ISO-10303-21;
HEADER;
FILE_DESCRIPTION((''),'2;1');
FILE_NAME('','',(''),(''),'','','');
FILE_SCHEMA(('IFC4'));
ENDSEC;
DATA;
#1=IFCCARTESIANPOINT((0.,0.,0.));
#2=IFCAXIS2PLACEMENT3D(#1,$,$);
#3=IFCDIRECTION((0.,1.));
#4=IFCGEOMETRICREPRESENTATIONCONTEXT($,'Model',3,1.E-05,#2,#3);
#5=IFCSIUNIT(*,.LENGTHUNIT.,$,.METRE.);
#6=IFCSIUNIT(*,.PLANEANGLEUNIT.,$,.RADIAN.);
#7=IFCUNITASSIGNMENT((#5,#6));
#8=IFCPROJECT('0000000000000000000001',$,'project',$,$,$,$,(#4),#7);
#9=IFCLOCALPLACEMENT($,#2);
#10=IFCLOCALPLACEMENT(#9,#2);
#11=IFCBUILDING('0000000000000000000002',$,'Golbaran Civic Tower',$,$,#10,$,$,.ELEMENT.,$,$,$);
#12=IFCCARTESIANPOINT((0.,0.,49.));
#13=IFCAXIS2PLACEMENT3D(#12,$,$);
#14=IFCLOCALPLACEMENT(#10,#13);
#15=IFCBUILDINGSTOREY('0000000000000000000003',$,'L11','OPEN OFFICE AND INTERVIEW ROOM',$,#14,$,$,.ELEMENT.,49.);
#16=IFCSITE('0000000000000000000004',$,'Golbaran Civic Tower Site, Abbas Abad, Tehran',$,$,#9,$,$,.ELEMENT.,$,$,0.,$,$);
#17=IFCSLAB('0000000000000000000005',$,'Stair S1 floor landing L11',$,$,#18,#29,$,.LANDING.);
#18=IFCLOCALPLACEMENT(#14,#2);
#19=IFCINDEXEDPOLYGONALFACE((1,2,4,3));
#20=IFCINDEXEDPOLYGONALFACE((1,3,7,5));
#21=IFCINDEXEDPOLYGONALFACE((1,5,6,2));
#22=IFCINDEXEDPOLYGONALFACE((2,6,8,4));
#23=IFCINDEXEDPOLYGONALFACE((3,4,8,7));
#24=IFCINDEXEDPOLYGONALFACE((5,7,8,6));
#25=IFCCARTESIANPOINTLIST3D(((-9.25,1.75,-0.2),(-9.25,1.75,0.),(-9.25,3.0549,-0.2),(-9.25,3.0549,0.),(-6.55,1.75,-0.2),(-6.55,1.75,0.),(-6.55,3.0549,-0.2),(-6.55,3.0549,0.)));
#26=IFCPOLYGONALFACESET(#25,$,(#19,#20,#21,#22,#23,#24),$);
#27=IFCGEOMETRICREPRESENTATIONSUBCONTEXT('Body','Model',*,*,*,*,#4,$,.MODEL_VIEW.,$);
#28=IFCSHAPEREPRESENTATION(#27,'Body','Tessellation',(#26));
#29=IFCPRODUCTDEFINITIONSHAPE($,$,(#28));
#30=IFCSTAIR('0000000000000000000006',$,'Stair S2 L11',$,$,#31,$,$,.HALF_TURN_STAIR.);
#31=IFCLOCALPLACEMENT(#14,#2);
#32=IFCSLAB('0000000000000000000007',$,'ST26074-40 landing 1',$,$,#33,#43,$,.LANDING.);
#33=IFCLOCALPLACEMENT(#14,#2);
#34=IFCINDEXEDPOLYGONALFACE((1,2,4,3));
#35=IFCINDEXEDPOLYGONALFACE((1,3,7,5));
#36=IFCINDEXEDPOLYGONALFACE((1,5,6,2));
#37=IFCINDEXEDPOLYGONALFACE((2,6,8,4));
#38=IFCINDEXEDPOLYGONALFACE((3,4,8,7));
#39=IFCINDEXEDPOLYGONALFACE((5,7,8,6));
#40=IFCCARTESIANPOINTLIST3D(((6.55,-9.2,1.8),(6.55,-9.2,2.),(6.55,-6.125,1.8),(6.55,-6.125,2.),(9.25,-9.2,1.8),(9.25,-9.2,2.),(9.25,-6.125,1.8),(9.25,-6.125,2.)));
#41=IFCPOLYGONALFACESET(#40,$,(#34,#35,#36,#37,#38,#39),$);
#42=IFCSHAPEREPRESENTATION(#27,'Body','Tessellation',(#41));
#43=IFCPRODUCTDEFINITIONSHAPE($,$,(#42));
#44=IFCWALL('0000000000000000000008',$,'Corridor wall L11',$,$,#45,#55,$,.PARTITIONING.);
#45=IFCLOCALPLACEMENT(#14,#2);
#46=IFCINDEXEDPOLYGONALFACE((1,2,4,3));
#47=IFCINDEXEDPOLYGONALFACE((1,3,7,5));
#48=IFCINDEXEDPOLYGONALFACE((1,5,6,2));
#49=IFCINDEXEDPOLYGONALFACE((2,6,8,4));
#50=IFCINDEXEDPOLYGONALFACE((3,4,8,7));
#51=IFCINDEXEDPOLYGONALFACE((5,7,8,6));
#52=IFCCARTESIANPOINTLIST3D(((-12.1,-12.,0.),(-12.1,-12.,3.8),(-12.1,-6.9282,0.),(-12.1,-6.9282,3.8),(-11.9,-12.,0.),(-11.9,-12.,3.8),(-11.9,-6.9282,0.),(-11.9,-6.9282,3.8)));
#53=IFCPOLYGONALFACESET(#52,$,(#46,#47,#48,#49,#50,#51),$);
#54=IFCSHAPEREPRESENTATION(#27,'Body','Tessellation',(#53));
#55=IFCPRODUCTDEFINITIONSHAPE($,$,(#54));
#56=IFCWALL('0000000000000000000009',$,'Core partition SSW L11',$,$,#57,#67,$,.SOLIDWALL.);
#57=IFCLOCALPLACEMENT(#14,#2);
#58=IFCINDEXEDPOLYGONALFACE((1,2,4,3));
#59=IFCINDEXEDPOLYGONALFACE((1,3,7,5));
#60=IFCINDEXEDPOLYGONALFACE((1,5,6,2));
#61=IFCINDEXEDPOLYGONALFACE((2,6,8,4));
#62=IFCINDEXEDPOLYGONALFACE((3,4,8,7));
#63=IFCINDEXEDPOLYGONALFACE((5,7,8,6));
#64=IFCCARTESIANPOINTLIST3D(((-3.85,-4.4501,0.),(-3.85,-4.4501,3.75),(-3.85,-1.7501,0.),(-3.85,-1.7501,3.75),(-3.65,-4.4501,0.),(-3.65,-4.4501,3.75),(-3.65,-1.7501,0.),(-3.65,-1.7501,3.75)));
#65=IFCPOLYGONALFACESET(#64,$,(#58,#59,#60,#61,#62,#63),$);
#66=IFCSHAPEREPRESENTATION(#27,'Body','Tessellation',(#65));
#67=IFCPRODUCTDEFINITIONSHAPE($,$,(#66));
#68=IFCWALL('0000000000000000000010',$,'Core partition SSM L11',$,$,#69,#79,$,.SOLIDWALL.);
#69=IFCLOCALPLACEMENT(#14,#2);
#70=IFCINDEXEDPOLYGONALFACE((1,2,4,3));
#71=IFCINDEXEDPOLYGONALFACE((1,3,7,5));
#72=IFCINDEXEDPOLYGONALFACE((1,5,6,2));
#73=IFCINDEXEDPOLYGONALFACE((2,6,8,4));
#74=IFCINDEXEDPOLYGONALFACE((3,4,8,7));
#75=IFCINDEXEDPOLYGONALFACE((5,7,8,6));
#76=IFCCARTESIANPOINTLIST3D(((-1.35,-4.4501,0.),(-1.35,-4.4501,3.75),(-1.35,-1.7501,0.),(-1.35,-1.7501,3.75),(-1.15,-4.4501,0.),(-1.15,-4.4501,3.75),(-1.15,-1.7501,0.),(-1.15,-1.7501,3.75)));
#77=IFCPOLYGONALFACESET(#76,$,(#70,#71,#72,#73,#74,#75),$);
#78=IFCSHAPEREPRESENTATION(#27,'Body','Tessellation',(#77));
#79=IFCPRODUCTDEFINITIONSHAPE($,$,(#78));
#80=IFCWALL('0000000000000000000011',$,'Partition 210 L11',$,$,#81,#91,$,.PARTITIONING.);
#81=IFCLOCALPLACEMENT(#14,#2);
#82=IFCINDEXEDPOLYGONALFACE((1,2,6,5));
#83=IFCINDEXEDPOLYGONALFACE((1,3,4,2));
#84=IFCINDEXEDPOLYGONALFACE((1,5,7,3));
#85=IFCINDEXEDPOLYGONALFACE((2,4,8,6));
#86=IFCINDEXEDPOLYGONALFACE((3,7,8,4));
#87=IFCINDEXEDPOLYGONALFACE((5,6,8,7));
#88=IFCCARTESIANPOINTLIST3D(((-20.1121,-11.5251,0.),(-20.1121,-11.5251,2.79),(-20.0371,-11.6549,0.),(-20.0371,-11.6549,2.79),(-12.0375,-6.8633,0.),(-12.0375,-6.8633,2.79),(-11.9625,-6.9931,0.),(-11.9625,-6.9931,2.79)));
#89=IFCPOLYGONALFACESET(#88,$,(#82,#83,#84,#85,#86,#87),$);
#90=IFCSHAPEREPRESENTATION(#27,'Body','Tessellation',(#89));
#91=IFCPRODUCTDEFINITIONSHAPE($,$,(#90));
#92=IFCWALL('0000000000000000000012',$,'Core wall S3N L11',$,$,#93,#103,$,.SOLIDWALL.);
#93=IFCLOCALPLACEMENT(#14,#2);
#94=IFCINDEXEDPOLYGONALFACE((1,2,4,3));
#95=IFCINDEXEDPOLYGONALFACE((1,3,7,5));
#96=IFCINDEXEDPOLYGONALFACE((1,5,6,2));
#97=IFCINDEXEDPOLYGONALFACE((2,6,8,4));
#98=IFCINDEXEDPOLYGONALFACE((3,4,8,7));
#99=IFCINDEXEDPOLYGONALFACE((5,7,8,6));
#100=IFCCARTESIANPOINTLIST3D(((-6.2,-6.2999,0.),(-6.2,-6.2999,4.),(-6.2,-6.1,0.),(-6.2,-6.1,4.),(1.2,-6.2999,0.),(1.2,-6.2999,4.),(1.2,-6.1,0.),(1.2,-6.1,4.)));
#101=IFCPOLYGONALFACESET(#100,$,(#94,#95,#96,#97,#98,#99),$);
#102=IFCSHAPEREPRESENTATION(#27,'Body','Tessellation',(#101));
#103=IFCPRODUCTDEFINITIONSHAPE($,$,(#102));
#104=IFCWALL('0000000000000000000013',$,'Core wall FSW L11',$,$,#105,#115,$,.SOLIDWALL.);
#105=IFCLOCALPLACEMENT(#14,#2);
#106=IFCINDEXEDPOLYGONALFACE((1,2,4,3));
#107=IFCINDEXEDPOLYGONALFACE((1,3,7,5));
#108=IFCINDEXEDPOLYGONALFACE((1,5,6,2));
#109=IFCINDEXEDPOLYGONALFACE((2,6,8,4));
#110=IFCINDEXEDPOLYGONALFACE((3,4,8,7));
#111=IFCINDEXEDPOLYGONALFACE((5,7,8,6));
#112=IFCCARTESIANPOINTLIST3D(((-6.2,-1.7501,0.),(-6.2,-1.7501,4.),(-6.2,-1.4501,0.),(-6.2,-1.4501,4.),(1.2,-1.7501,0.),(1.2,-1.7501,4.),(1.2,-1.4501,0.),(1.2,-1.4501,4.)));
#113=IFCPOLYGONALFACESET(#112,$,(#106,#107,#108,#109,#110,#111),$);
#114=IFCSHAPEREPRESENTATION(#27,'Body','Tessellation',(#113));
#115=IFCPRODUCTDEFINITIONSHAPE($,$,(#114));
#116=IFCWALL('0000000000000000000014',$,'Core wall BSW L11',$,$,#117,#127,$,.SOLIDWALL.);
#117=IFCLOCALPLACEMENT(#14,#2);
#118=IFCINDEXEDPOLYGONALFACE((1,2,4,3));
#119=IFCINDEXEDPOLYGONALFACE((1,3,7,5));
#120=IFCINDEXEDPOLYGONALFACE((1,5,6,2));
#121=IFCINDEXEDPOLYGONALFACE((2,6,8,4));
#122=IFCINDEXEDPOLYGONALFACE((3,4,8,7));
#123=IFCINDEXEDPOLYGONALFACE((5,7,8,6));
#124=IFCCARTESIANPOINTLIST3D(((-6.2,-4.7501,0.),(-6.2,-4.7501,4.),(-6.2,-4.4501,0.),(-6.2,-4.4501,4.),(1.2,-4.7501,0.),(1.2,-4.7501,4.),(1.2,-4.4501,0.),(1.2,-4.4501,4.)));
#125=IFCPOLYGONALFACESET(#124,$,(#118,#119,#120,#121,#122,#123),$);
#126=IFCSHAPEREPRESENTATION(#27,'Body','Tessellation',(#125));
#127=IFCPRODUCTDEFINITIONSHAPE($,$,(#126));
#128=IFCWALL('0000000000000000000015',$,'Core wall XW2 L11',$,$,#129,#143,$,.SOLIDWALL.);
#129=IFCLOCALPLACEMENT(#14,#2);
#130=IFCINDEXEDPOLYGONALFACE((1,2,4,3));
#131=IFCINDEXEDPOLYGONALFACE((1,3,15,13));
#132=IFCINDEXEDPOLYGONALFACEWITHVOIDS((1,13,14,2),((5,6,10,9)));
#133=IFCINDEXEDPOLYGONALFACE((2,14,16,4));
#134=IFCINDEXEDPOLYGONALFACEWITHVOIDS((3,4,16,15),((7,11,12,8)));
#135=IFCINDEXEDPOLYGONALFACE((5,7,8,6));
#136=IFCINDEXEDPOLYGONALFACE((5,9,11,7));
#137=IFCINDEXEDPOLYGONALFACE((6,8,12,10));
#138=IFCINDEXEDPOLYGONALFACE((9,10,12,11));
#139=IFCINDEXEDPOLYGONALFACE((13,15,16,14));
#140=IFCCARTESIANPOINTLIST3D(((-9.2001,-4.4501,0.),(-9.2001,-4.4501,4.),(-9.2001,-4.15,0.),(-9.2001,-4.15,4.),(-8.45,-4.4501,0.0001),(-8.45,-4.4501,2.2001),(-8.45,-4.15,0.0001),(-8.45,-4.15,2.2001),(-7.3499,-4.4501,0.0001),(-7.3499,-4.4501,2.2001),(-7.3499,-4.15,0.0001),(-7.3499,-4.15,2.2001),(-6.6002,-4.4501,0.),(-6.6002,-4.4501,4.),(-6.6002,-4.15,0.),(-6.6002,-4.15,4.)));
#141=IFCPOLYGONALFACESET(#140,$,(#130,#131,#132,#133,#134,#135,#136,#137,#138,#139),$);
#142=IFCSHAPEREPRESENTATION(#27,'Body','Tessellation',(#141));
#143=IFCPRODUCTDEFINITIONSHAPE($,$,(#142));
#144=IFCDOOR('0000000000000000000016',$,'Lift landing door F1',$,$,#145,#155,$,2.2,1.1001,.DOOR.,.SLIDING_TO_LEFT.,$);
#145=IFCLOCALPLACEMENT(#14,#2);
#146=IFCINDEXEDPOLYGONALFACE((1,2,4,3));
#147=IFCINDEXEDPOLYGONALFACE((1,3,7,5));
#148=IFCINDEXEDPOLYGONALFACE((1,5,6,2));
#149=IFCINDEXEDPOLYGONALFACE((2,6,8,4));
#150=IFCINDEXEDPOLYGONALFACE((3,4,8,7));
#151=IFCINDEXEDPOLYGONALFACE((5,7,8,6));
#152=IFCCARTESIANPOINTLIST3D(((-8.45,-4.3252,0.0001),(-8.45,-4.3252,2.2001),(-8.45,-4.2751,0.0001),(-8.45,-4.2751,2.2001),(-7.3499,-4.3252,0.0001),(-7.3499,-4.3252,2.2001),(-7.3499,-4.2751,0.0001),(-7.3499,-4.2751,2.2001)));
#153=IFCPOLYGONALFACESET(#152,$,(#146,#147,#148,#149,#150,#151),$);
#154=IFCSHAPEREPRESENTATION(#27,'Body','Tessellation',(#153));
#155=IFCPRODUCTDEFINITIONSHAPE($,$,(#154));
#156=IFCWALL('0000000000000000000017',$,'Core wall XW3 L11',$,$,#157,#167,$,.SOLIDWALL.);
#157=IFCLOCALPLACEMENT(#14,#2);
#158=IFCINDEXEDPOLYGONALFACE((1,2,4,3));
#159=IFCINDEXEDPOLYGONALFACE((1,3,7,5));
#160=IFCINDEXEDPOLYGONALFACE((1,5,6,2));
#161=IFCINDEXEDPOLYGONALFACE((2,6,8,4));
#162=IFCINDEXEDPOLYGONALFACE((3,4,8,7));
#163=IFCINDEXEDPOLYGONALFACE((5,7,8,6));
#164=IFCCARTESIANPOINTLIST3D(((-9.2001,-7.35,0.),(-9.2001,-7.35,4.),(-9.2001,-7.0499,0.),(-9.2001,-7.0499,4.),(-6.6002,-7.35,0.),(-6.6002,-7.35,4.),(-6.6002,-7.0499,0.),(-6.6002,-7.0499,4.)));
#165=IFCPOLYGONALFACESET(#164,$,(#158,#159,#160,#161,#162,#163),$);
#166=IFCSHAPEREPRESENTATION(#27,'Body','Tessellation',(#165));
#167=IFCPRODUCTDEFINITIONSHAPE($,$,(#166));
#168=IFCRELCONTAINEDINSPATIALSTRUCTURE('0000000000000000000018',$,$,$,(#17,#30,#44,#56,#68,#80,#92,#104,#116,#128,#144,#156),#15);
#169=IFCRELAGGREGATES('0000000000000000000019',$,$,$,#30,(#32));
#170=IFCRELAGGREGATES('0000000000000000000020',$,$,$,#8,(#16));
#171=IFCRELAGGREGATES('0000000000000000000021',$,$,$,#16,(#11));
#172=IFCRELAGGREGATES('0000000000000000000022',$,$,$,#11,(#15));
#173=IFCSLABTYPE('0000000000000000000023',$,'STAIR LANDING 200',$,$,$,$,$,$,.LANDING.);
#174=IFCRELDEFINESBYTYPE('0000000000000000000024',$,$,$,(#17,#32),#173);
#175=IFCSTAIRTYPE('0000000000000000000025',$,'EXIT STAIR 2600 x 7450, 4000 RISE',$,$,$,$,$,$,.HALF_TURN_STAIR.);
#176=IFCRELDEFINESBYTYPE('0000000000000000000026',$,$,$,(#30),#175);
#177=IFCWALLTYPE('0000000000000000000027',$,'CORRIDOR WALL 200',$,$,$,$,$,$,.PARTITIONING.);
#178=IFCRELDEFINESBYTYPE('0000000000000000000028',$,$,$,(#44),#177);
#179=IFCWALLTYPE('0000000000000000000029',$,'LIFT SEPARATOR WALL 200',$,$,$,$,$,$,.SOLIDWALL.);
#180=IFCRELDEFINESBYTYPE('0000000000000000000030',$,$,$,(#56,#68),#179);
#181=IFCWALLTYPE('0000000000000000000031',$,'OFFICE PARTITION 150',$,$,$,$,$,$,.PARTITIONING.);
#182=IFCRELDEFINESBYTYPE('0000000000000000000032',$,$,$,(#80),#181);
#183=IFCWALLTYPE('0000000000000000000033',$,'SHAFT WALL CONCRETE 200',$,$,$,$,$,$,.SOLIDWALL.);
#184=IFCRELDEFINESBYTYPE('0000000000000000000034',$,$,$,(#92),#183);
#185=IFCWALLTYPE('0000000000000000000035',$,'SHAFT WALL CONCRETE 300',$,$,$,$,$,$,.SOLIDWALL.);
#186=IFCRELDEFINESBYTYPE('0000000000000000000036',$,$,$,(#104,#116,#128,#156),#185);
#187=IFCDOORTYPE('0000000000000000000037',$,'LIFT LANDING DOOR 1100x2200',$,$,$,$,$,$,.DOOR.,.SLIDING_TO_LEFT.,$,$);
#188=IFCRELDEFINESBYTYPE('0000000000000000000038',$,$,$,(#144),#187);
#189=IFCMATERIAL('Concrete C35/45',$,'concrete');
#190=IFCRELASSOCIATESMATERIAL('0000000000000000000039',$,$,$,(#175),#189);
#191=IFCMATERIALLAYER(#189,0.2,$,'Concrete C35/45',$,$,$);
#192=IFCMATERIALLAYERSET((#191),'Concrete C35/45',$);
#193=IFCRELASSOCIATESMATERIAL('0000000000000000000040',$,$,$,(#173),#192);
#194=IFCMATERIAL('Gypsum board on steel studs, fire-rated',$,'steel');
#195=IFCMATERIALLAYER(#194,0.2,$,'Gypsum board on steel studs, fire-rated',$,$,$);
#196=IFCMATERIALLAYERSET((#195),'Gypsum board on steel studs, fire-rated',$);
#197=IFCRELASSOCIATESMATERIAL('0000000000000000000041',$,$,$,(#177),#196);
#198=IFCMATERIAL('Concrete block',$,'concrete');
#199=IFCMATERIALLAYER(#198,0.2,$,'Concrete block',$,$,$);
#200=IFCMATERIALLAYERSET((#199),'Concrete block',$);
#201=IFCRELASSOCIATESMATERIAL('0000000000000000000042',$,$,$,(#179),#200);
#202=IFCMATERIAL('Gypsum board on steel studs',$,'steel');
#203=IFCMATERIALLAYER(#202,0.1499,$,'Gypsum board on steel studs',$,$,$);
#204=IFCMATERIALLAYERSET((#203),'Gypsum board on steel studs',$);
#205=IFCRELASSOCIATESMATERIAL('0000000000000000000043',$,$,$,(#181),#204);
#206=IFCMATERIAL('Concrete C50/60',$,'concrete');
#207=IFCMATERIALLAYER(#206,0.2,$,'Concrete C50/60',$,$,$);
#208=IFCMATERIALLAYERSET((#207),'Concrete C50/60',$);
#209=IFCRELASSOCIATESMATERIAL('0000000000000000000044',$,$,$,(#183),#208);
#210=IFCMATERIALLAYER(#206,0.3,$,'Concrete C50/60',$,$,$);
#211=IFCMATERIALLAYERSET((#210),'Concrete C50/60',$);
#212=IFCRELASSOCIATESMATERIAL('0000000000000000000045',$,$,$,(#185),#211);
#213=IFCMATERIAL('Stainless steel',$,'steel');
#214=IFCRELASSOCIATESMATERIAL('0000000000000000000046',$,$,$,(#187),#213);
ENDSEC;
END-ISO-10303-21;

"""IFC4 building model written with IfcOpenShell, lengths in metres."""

from ifc_helpers import new_model, si_unit, direction, frame, frame_2d, origin, place, context, subcontext, project, spatial, polyline, rectangle, outline, extrude, material, layer, layer_set, type_object, element, fill, aggregate, save


model = new_model("IFC4")

# Units and contexts
model_context = context("Model", 3, precision=1e-05, world=origin(), true_north=direction((0.0, 1.0)))
body_context = subcontext(model_context, "Body", "Model", "MODEL_VIEW")
ifc_project = project(units=[si_unit("LENGTHUNIT", "METRE"), si_unit("PLANEANGLEUNIT", "RADIAN")], contexts=[model_context])

# Site, building, storey
site_placement = place(None, origin())
site = spatial("IfcSite", under=ifc_project, at=site_placement, Name="Golbaran Civic Tower Site, Abbas Abad, Tehran", CompositionType="ELEMENT", RefElevation=0.0)
building_placement = place(site_placement, origin())
building = spatial("IfcBuilding", under=site, at=building_placement, Name="Golbaran Civic Tower", CompositionType="ELEMENT")
storey_placement = place(building_placement, frame((0.0, 0.0, 49.0)))
storey = spatial("IfcBuildingStorey", under=building, at=storey_placement, Name="L11", Description="OPEN OFFICE AND INTERVIEW ROOM", CompositionType="ELEMENT", Elevation=49.0)

# Shared definitions
ifc_material_1 = material(Name="Concrete C35/45", Category="concrete")

# Shared definitions
stair_type_1 = type_object("IfcStairType", Name="EXIT STAIR 2600 x 7450, 4000 RISE", PredefinedType="HALF_TURN_STAIR", material=ifc_material_1)
ifc_layer_1 = layer(ifc_material_1, 0.2, Name="Concrete C35/45")
ifc_layer_set_1 = layer_set([ifc_layer_1], Name="Concrete C35/45")
slab_type_1 = type_object("IfcSlabType", Name="STAIR LANDING 200", PredefinedType="LANDING", material=ifc_layer_set_1)

# Slab
slab_1_placement = place(storey_placement, frame((0.0, 0.0, -0.2)))
element("IfcSlab", 1, at=slab_1_placement, inside=storey, type_object=slab_type_1, Name="Stair S1 floor landing L11", PredefinedType="LANDING", context=body_context, shape_type="SweptSolid", body=[
    extrude(outline(polyline([(-9.25, 1.75), (-9.25, 3.0549), (-6.55, 3.0549), (-6.55, 1.75), (-9.25, 1.75)])), origin(), (0.0, 0.0, 1.0), 0.2),
])

# Stair, slab
stair_1_placement = place(storey_placement, origin())
stair_1 = element("IfcStair", 2, at=stair_1_placement, inside=storey, type_object=stair_type_1, Name="Stair S2 L11", PredefinedType="HALF_TURN_STAIR")
slab_2_placement = place(storey_placement, frame((0.0, 0.0, 1.8)))
slab_2 = element("IfcSlab", 3, at=slab_2_placement, type_object=slab_type_1, Name="ST26074-40 landing 1", PredefinedType="LANDING", context=body_context, shape_type="SweptSolid", body=[
    extrude(outline(polyline([(9.25, -6.125), (9.25, -9.2), (6.55, -9.2), (6.55, -6.125), (9.25, -6.125)])), origin(), (0.0, 0.0, 1.0), 0.2),
])
aggregate(stair_1, [slab_2])

# Walls
ifc_material_2 = material(Name="Gypsum board on steel studs, fire-rated", Category="steel")
ifc_layer_2 = layer(ifc_material_2, 0.2, Name="Gypsum board on steel studs, fire-rated")
ifc_layer_set_2 = layer_set([ifc_layer_2], Name="Gypsum board on steel studs, fire-rated")
wall_type_1 = type_object("IfcWallType", Name="CORRIDOR WALL 200", PredefinedType="PARTITIONING", material=ifc_layer_set_2)
wall_1_placement = place(storey_placement, frame((-12.0, -6.9282, 0.0), z_axis=(0.0, 0.0, 1.0), x_axis=(0.0, -1.0, 0.0)))
element("IfcWall", 4, at=wall_1_placement, inside=storey, type_object=wall_type_1, Name="Corridor wall L11", PredefinedType="PARTITIONING", context=body_context, shape_type="SweptSolid", body=[
    extrude(rectangle(XDim=5.0718, YDim=0.2, at=frame_2d((2.5359, 0.0))), origin(), (0.0, 0.0, 1.0), 3.8),
])
ifc_material_3 = material(Name="Concrete block", Category="concrete")
ifc_layer_3 = layer(ifc_material_3, 0.2, Name="Concrete block")
ifc_layer_set_3 = layer_set([ifc_layer_3], Name="Concrete block")
wall_type_2 = type_object("IfcWallType", Name="LIFT SEPARATOR WALL 200", PredefinedType="SOLIDWALL", material=ifc_layer_set_3)
for number, where, z_axis, x_axis, name in (
    (5, (-3.75, -1.75, 0.0), (0.0, 0.0, 1.0), (0.0, -1.0, 0.0), "Core partition SSW L11"),
    (6, (-1.25, -1.75, 0.0), (0.0, 0.0, 1.0), (0.0, -1.0, 0.0), "Core partition SSM L11"),
):
    element("IfcWall", number, at=place(storey_placement, frame(where, z_axis=z_axis, x_axis=x_axis)), inside=storey, type_object=wall_type_2, Name=name, PredefinedType="SOLIDWALL", context=body_context, shape_type="SweptSolid", body=[
        extrude(rectangle(XDim=2.7, YDim=0.2, at=frame_2d((1.3501, 0.0))), origin(), (0.0, 0.0, 1.0), 3.75),
    ])
ifc_material_4 = material(Name="Gypsum board on steel studs", Category="steel")
ifc_layer_4 = layer(ifc_material_4, 0.1499, Name="Gypsum board on steel studs")
ifc_layer_set_4 = layer_set([ifc_layer_4], Name="Gypsum board on steel studs")
wall_type_3 = type_object("IfcWallType", Name="OFFICE PARTITION 150", PredefinedType="PARTITIONING", material=ifc_layer_set_4)
wall_2_placement = place(storey_placement, frame((-12.0, -6.9282, 0.0), z_axis=(0.0, 0.0, 1.0), x_axis=(-0.866029, -0.499994, 0.0)))
element("IfcWall", 7, at=wall_2_placement, inside=storey, type_object=wall_type_3, Name="Partition 210 L11", PredefinedType="PARTITIONING", context=body_context, shape_type="SweptSolid", body=[
    extrude(rectangle(XDim=9.3237, YDim=0.1499, at=frame_2d((4.6619, 0.0))), origin(), (0.0, 0.0, 1.0), 2.79),
])
ifc_material_5 = material(Name="Concrete C50/60", Category="concrete")
ifc_layer_5 = layer(ifc_material_5, 0.2, Name="Concrete C50/60")
ifc_layer_set_5 = layer_set([ifc_layer_5], Name="Concrete C50/60")
wall_type_4 = type_object("IfcWallType", Name="SHAFT WALL CONCRETE 200", PredefinedType="SOLIDWALL", material=ifc_layer_set_5)
wall_3_placement = place(storey_placement, frame((-6.2, -6.2, 0.0), z_axis=(0.0, 0.0, 1.0), x_axis=(1.0, 0.0, 0.0)))
element("IfcWall", 8, at=wall_3_placement, inside=storey, type_object=wall_type_4, Name="Core wall S3N L11", PredefinedType="SOLIDWALL", context=body_context, shape_type="SweptSolid", body=[
    extrude(rectangle(XDim=7.3999, YDim=0.2, at=frame_2d((3.7, 0.0))), origin(), (0.0, 0.0, 1.0), 4.0),
])
ifc_layer_6 = layer(ifc_material_5, 0.3, Name="Concrete C50/60")
ifc_layer_set_6 = layer_set([ifc_layer_6], Name="Concrete C50/60")
wall_type_5 = type_object("IfcWallType", Name="SHAFT WALL CONCRETE 300", PredefinedType="SOLIDWALL", material=ifc_layer_set_6)
for number, where, z_axis, x_axis, name in (
    (9, (-6.2, -1.6001, 0.0), (0.0, 0.0, 1.0), (1.0, 0.0, 0.0), "Core wall FSW L11"),
    (10, (-6.2, -4.6001, 0.0), (0.0, 0.0, 1.0), (1.0, 0.0, 0.0), "Core wall BSW L11"),
):
    element("IfcWall", number, at=place(storey_placement, frame(where, z_axis=z_axis, x_axis=x_axis)), inside=storey, type_object=wall_type_5, Name=name, PredefinedType="SOLIDWALL", context=body_context, shape_type="SweptSolid", body=[
        extrude(rectangle(XDim=7.3999, YDim=0.3, at=frame_2d((3.7, 0.0))), origin(), (0.0, 0.0, 1.0), 4.0),
    ])

# Wall, opening, door
wall_4_placement = place(storey_placement, frame((-9.2, -4.3, 0.0), z_axis=(0.0, 0.0, 1.0), x_axis=(1.0, 0.0, 0.0)))
wall_4 = element("IfcWall", 11, at=wall_4_placement, inside=storey, type_object=wall_type_5, Name="Core wall XW2 L11", PredefinedType="SOLIDWALL", context=body_context, shape_type="SweptSolid", body=[
    extrude(rectangle(XDim=2.5999, YDim=0.3, at=frame_2d((1.2998, 0.0))), origin(), (0.0, 0.0, 1.0), 4.0),
])
opening_placement = place(wall_4_placement, frame((0.75, 0.0, 0.0)))
opening = element("IfcOpeningElement", 12, at=opening_placement, cuts=wall_4, PredefinedType="OPENING", context=body_context, shape_type="SweptSolid", body=[
    extrude(rectangle(XDim=1.1001, YDim=2.2, at=frame_2d((0.55, 1.1001))), frame((0.0, 0.1599, 0.0), z_axis=(0.0, -1.0, 0.0), x_axis=(1.0, 0.0, 0.0)), (0.0, 0.0, 1.0), 0.3201),
])
ifc_material_6 = material(Name="Stainless steel", Category="steel")
door_type = type_object("IfcDoorType", Name="LIFT LANDING DOOR 1100x2200", OperationType="SLIDING_TO_LEFT", PredefinedType="DOOR", material=ifc_material_6)
door_placement = place(opening_placement, origin())
door = element("IfcDoor", 13, at=door_placement, inside=storey, type_object=door_type, Name="Lift landing door F1", OperationType="SLIDING_TO_LEFT", OverallHeight=2.2, OverallWidth=1.1001, PredefinedType="DOOR", context=body_context, shape_type="SweptSolid", body=[
    extrude(rectangle(XDim=1.1001, YDim=2.2, at=frame_2d((0.55, 1.1001))), frame((0.0, 0.0249, 0.0), z_axis=(0.0, -1.0, 0.0), x_axis=(1.0, 0.0, 0.0)), (0.0, 0.0, 1.0), 0.05),
])
fill(opening, door)

# Wall
wall_5_placement = place(storey_placement, frame((-9.2, -7.2, 0.0), z_axis=(0.0, 0.0, 1.0), x_axis=(1.0, 0.0, 0.0)))
element("IfcWall", 14, at=wall_5_placement, inside=storey, type_object=wall_type_5, Name="Core wall XW3 L11", PredefinedType="SOLIDWALL", context=body_context, shape_type="SweptSolid", body=[
    extrude(rectangle(XDim=2.5999, YDim=0.3, at=frame_2d((1.2998, 0.0))), origin(), (0.0, 0.0, 1.0), 4.0),
])

save(model, "model.ifc")
